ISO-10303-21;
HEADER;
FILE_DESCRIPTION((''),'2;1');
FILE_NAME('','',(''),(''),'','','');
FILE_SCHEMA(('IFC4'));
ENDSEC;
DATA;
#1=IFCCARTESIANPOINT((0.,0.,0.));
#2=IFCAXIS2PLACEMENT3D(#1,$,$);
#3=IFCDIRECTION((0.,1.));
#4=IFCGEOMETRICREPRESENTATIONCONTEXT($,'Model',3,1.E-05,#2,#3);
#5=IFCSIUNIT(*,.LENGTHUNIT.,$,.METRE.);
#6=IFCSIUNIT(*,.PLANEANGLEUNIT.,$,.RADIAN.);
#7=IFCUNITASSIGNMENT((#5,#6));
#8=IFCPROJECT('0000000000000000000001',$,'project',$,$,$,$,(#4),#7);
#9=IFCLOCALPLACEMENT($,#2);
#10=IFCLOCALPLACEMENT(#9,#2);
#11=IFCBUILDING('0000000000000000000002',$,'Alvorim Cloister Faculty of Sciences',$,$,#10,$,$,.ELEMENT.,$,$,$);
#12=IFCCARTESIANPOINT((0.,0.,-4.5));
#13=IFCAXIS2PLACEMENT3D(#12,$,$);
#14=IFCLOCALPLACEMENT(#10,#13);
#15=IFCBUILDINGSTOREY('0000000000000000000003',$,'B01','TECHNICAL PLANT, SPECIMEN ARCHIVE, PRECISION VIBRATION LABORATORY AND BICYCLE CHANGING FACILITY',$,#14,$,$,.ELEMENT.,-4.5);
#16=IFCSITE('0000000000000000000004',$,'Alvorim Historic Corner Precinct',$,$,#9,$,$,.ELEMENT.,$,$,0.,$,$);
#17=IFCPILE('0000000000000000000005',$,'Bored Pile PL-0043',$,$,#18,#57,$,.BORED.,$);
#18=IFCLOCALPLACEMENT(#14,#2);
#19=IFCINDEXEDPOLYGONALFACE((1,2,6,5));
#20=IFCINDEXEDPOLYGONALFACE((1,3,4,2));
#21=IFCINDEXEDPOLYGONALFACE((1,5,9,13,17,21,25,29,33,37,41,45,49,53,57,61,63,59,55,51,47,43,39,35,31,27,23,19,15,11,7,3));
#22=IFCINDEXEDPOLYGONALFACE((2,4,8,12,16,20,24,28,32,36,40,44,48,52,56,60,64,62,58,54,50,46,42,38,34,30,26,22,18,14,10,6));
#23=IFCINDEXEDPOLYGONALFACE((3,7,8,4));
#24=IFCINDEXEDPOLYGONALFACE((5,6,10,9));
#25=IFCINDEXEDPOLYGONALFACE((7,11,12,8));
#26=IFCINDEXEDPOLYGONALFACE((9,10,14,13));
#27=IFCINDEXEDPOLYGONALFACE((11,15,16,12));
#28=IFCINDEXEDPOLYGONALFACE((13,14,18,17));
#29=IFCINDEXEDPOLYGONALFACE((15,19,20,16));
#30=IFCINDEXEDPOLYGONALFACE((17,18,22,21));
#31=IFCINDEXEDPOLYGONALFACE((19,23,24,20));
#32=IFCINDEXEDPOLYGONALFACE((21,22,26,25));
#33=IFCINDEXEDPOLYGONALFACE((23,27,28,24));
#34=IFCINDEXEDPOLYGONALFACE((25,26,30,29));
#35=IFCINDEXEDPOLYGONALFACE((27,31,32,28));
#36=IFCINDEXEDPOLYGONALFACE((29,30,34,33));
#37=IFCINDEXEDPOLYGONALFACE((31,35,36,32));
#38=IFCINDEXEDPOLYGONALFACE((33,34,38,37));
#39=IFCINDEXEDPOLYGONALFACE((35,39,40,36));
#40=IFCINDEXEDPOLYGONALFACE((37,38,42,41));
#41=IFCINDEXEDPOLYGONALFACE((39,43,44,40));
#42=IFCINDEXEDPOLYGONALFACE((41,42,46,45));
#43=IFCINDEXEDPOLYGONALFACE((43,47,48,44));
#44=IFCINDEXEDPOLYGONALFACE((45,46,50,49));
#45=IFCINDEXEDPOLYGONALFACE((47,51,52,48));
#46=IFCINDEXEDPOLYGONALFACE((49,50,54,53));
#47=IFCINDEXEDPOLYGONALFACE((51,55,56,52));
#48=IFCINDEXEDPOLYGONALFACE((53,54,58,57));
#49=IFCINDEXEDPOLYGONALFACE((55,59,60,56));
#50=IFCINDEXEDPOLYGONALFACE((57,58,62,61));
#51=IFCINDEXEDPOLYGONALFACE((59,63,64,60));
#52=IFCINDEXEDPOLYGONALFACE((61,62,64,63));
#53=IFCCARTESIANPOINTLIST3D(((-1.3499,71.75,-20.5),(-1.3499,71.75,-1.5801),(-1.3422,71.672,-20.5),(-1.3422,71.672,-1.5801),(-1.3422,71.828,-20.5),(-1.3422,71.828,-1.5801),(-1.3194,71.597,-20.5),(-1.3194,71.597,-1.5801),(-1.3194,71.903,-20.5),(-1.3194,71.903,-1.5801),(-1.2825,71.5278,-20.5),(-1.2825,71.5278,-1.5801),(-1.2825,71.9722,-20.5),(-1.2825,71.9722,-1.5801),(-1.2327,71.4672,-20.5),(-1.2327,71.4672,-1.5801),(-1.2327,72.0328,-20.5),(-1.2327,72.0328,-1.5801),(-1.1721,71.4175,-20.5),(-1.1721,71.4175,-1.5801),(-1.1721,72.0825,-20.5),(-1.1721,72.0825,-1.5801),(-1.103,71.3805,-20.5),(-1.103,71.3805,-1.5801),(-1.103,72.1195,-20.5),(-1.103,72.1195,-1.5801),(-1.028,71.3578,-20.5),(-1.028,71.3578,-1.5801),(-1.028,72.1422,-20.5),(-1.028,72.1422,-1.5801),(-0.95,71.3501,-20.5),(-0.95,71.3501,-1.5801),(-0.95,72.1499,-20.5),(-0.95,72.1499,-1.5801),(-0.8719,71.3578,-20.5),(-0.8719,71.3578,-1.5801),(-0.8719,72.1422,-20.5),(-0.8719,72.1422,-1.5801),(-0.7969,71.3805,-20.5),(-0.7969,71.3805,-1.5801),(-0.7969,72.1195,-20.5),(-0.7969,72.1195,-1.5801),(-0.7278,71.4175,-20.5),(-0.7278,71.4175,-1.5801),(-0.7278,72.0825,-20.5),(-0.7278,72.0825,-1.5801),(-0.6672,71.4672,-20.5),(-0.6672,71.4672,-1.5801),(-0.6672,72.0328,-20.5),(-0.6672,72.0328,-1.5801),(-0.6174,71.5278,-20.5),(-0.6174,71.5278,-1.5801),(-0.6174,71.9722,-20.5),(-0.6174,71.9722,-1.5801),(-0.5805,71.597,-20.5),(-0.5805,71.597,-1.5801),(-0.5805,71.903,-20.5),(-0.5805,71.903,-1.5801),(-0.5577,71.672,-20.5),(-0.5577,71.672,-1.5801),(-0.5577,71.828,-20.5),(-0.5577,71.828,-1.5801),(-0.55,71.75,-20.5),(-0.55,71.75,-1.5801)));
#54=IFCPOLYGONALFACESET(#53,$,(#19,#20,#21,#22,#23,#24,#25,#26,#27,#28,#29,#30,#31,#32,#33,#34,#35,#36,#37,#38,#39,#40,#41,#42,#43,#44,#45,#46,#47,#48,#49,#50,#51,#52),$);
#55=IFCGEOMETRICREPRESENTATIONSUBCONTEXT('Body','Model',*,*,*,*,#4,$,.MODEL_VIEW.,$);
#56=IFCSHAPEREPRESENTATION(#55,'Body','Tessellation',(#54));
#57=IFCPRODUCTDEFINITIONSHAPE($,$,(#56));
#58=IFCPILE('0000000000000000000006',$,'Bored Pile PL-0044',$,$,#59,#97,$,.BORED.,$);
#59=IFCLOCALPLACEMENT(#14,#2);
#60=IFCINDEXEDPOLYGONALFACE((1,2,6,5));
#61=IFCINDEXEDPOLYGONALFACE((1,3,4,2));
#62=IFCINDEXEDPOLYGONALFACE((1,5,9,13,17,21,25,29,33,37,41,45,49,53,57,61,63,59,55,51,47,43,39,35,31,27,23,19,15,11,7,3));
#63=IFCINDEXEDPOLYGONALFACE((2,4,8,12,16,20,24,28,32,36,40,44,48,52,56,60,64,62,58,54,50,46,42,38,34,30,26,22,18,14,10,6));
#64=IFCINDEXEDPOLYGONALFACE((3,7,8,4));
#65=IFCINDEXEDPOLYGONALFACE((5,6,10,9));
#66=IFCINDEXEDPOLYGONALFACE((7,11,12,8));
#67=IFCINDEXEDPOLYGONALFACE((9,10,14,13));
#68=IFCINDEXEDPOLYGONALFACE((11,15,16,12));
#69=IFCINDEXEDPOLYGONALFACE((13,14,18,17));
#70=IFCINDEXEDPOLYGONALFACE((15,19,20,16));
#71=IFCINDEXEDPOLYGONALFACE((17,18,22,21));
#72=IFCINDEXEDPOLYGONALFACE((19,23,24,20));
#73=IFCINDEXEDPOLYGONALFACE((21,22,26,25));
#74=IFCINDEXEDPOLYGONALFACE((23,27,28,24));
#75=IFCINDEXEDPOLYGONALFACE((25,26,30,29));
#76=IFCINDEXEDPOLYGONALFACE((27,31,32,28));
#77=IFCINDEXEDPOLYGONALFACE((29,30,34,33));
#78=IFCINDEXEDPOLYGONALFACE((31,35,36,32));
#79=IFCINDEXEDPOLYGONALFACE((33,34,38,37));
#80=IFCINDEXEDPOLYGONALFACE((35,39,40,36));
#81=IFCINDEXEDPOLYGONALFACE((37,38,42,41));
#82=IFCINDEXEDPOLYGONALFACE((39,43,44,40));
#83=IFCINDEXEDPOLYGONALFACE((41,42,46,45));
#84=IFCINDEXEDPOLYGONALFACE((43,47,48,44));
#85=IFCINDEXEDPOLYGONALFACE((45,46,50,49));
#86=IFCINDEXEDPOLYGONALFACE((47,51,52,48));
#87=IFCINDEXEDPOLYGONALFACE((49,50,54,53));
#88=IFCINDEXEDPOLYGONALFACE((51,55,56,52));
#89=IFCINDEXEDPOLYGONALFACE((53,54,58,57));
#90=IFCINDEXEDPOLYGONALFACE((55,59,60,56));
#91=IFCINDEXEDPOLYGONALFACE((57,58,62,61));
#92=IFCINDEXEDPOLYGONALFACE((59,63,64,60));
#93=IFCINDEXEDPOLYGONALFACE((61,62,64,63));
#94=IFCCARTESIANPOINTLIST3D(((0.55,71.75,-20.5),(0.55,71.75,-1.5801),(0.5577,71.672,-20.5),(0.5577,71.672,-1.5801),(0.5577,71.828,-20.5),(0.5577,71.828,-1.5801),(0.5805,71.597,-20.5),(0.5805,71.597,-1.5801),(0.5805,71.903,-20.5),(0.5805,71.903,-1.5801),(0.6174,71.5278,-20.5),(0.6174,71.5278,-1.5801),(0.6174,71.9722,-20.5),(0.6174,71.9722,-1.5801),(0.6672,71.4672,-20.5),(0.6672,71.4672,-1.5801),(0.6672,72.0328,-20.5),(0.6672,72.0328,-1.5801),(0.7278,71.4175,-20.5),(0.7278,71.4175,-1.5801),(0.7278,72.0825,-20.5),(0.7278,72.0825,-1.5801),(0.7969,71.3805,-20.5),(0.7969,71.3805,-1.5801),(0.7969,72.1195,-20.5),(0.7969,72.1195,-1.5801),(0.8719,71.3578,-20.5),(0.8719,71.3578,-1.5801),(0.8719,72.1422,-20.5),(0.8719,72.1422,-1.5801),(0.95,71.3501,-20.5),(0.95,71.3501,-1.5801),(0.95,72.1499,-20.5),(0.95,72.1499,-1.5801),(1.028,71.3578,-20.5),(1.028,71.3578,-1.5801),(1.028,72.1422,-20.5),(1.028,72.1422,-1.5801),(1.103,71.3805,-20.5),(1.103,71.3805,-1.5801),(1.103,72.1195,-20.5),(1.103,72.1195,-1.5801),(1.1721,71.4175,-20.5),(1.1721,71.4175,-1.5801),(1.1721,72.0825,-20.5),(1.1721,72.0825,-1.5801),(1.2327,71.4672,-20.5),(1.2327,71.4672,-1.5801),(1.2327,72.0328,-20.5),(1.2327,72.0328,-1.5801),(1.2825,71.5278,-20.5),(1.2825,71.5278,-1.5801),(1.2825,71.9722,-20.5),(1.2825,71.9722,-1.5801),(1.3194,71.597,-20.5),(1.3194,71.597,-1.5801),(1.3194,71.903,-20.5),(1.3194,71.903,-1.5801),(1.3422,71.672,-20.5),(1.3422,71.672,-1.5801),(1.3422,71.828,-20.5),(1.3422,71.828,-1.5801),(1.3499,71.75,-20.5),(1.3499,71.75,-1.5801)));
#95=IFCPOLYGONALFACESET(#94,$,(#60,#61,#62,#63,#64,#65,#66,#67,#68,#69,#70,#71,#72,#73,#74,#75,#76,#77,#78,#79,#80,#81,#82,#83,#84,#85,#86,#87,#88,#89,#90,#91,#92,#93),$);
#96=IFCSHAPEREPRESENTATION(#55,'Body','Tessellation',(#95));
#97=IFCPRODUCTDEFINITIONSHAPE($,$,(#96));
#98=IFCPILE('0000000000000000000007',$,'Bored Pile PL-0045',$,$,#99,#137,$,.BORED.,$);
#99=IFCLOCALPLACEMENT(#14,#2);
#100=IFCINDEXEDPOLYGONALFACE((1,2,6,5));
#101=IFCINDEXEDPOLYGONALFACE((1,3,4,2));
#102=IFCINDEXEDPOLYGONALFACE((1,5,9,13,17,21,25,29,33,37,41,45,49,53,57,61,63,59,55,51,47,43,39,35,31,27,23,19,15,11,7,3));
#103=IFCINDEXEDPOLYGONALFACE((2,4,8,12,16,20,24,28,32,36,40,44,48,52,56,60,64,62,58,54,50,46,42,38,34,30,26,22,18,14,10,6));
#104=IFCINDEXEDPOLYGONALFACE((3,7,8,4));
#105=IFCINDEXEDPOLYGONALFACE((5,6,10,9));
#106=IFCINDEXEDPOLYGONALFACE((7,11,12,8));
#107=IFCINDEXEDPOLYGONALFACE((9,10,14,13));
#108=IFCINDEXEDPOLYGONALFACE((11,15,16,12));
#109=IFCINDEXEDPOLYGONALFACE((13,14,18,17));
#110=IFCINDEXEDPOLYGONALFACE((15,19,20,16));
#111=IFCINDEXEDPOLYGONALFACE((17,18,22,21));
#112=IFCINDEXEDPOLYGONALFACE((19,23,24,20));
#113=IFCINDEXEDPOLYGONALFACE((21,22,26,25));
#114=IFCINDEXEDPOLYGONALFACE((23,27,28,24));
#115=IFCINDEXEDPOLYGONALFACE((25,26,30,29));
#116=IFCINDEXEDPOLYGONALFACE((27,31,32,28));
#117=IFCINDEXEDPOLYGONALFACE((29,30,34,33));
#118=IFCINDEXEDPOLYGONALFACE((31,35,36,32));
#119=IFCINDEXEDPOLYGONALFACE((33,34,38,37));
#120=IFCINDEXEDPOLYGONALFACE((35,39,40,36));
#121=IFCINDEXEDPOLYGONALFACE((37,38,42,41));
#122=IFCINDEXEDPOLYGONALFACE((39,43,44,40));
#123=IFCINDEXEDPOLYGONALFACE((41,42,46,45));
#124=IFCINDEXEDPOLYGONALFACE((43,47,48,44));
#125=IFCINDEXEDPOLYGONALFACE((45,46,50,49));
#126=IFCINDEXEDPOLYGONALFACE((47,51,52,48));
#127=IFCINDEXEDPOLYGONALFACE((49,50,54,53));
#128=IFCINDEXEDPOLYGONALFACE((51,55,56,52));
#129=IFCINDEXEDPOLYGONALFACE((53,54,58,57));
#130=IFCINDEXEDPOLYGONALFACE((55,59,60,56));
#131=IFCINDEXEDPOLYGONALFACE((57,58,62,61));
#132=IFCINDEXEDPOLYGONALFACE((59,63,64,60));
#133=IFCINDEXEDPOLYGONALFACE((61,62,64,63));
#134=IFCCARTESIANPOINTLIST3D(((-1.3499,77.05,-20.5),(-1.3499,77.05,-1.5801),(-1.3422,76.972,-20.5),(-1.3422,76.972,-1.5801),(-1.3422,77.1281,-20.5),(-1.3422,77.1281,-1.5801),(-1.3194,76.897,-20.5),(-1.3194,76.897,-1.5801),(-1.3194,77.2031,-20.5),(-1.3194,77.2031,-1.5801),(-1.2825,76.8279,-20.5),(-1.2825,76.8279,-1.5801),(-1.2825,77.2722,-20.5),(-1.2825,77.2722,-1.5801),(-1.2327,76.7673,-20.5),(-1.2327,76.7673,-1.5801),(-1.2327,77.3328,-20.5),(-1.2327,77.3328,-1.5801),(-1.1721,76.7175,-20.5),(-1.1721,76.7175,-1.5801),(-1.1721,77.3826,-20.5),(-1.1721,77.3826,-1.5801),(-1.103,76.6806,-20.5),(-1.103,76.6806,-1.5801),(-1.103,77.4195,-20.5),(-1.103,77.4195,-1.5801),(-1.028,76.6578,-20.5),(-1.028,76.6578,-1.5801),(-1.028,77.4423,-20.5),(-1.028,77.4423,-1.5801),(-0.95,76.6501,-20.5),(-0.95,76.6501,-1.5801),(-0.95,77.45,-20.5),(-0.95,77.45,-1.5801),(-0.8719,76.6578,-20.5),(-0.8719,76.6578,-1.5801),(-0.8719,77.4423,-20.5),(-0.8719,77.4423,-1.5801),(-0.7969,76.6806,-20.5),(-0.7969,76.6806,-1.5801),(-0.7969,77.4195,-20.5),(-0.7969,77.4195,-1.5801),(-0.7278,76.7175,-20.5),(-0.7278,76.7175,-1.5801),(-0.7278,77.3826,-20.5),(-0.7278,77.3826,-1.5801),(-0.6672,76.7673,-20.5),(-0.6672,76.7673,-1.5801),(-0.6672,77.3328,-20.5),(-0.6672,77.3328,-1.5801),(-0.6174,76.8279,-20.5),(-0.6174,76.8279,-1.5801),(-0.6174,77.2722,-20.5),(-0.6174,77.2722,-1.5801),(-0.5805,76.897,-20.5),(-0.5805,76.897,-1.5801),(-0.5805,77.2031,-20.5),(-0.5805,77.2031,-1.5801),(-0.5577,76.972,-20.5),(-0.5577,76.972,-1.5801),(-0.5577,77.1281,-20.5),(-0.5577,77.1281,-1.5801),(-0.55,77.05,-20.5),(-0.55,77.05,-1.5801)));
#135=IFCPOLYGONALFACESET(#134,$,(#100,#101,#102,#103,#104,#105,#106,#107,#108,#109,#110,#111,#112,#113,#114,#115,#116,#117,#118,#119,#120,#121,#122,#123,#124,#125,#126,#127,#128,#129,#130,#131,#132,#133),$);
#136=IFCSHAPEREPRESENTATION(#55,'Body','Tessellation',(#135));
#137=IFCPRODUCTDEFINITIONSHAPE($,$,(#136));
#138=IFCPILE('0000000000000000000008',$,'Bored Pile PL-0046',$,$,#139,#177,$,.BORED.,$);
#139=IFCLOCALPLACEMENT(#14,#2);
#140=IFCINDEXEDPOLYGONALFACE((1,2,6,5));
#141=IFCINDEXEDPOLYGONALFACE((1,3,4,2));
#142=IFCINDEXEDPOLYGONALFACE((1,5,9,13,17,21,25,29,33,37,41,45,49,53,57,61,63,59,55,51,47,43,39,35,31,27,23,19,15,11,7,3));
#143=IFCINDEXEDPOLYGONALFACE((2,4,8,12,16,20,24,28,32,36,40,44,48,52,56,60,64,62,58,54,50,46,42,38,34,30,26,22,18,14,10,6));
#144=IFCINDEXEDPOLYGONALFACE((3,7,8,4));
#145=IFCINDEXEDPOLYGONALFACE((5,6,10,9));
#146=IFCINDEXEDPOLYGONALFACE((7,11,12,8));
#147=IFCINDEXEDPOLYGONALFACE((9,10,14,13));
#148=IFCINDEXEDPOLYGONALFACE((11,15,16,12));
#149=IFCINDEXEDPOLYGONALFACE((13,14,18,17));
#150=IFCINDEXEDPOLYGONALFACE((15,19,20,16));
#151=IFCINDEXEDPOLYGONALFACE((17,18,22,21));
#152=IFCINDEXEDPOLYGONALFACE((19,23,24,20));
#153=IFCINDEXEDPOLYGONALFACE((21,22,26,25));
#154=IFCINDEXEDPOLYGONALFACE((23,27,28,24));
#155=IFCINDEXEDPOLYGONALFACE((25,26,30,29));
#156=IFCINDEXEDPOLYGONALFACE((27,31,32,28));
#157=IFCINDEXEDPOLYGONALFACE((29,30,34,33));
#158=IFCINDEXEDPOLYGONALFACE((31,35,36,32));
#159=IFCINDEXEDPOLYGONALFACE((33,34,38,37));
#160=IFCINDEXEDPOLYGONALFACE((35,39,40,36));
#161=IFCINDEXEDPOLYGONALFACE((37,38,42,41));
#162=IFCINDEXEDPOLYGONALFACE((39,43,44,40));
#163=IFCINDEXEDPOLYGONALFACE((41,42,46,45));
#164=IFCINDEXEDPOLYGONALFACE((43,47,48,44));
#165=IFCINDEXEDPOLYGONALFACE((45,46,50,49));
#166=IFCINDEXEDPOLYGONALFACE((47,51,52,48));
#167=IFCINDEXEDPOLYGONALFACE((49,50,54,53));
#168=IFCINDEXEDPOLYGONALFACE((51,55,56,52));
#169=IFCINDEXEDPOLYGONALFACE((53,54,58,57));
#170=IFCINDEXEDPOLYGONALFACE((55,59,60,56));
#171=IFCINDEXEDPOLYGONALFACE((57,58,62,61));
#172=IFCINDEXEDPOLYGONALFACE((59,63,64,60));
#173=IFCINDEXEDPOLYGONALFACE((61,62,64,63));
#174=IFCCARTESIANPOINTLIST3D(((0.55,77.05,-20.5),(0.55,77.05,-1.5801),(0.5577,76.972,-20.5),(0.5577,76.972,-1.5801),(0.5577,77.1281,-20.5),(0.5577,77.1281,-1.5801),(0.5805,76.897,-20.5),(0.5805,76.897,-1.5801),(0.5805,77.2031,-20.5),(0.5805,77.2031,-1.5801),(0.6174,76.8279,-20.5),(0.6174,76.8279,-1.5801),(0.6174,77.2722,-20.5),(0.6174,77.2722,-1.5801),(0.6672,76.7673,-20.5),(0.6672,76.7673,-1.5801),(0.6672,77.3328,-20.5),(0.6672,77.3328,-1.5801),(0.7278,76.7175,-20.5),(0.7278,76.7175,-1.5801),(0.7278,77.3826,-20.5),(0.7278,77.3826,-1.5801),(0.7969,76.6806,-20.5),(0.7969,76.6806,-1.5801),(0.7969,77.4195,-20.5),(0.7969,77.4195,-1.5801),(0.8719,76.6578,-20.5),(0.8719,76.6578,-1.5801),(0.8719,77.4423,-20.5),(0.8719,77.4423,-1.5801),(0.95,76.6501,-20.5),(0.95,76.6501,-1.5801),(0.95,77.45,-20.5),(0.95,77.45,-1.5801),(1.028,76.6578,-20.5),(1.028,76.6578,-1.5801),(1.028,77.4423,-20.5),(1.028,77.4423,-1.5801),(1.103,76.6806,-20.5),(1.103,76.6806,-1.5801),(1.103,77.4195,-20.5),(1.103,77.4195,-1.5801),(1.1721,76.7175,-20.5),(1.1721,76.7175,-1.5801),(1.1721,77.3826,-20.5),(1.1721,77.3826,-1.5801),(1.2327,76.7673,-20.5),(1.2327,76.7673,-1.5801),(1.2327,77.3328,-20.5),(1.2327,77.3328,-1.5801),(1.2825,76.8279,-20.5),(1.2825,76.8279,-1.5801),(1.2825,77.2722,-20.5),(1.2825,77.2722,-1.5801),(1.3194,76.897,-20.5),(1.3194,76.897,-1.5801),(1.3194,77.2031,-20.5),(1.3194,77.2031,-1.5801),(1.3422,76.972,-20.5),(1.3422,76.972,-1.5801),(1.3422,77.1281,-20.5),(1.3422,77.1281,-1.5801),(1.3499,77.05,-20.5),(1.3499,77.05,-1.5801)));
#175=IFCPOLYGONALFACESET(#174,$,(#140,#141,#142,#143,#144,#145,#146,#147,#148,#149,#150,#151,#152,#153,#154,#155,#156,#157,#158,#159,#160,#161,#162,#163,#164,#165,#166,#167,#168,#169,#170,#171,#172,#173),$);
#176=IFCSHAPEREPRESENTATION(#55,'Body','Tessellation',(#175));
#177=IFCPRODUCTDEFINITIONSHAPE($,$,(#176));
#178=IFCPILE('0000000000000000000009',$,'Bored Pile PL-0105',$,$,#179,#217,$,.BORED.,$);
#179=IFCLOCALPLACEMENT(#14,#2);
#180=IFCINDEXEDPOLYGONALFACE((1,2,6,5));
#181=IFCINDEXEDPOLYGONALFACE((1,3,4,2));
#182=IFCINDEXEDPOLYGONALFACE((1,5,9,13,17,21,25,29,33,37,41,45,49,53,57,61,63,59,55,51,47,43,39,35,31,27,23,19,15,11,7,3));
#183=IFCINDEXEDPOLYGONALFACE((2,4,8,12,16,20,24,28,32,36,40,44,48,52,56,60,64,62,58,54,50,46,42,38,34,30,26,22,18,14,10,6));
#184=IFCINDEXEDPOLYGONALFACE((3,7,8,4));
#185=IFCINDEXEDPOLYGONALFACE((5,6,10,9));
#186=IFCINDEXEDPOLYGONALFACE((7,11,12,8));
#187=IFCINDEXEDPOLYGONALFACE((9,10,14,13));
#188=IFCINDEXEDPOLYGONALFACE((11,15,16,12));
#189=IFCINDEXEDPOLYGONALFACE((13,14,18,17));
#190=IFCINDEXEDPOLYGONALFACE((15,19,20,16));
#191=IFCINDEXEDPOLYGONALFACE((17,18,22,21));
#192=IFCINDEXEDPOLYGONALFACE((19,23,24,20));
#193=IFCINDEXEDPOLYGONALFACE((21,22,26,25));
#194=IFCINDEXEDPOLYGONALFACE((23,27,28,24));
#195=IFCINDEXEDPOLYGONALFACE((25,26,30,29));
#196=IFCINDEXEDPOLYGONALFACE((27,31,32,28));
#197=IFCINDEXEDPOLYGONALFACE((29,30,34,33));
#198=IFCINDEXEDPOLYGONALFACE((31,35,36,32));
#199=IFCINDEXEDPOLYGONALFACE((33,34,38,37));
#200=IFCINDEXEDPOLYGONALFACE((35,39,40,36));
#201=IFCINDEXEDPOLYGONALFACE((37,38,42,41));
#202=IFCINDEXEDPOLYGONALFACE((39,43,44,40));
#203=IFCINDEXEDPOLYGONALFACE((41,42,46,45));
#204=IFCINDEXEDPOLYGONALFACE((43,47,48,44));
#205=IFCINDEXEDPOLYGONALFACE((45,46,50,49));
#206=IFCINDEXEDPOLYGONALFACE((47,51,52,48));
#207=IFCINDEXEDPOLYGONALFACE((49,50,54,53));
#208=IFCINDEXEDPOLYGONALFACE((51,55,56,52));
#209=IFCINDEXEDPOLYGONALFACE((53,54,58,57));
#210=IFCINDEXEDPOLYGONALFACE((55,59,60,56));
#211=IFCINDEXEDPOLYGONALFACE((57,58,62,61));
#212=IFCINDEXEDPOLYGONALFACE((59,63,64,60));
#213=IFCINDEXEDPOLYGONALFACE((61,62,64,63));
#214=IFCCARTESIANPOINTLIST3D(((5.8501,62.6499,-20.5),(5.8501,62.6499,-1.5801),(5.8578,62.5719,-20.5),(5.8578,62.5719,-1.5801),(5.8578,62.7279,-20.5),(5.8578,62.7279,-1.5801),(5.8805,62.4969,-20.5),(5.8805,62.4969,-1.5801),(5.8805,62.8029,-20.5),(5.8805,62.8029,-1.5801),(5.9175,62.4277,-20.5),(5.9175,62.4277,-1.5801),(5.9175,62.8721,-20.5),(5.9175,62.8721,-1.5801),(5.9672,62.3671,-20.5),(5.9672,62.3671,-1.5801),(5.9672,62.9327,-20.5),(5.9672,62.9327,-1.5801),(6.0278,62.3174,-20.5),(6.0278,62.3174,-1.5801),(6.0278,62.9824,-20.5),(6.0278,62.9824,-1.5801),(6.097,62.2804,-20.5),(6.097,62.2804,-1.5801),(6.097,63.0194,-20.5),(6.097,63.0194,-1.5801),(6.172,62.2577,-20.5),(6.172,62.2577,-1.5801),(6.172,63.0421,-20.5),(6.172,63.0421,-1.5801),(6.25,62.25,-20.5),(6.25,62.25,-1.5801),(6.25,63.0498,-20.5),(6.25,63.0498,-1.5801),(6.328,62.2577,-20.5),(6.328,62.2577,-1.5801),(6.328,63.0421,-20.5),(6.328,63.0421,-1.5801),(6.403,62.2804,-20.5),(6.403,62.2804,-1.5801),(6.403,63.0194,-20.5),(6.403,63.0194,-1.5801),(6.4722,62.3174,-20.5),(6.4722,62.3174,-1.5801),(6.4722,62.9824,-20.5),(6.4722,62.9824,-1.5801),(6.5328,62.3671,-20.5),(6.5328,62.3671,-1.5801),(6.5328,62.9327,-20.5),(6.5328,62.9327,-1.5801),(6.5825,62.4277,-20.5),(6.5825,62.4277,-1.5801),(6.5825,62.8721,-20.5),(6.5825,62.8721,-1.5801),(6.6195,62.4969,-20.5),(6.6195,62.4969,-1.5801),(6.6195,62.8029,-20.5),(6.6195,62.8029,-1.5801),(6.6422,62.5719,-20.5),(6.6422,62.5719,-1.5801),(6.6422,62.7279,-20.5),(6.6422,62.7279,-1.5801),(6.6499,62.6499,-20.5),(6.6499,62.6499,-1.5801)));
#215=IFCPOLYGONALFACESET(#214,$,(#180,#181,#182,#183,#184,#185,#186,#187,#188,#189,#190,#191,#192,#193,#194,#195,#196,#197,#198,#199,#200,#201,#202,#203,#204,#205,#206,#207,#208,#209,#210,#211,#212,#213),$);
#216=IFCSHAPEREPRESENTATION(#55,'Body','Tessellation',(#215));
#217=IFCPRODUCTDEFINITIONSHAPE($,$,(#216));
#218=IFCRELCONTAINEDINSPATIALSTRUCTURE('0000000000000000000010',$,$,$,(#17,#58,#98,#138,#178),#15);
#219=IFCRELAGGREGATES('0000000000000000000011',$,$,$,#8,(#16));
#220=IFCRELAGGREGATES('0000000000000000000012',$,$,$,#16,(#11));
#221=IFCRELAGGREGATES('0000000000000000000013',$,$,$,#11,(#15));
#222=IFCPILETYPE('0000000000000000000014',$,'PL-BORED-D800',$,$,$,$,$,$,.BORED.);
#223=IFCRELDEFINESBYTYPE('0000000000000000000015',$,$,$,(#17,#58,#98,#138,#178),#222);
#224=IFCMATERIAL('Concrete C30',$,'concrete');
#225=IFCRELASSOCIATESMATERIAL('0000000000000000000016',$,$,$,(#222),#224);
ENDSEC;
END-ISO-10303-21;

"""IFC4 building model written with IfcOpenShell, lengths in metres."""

from ifc_helpers import new_model, si_unit, direction, frame, origin, origin_2d, place, context, subcontext, project, spatial, circle, extrude, material, material_profile, profile_set, type_object, element, save


model = new_model("IFC4")

# Units and contexts
model_context = context("Model", 3, precision=1e-05, world=origin(), true_north=direction((0.0, 1.0)))
body_context = subcontext(model_context, "Body", "Model", "MODEL_VIEW")
ifc_project = project(units=[si_unit("LENGTHUNIT", "METRE"), si_unit("PLANEANGLEUNIT", "RADIAN")], contexts=[model_context])

# Site, building, storey
site_placement = place(None, origin())
site = spatial("IfcSite", under=ifc_project, at=site_placement, Name="Alvorim Historic Corner Precinct", CompositionType="ELEMENT", RefElevation=0.0)
building_placement = place(site_placement, origin())
building = spatial("IfcBuilding", under=site, at=building_placement, Name="Alvorim Cloister Faculty of Sciences", CompositionType="ELEMENT")
storey_placement = place(building_placement, frame((0.0, 0.0, -4.5)))
storey = spatial("IfcBuildingStorey", under=building, at=storey_placement, Name="B01", Description="TECHNICAL PLANT, SPECIMEN ARCHIVE, PRECISION VIBRATION LABORATORY AND BICYCLE CHANGING FACILITY", CompositionType="ELEMENT", Elevation=-4.5)

# Piles
ifc_material_1 = material(Name="Concrete C30", Category="concrete")
ifc_material_profile_1 = material_profile(ifc_material_1, circle(Radius=0.3999, at=origin_2d()), Name="PILE-D800")
ifc_profile_set_1 = profile_set([ifc_material_profile_1], Name="Concrete C30")
pile_type = type_object("IfcPileType", Name="PL-BORED-D800", PredefinedType="BORED", material=ifc_profile_set_1)
for number, where, z_axis, x_axis, name in (
    (1, (-0.95, 71.75, -1.5801), (0.0, 0.0, -1.0), (1.0, 0.0, 0.0), "Bored Pile PL-0043"),
    (2, (0.95, 71.75, -1.5801), (0.0, 0.0, -1.0), (1.0, 0.0, 0.0), "Bored Pile PL-0044"),
    (3, (-0.95, 77.05, -1.5801), (0.0, 0.0, -1.0), (1.0, 0.0, 0.0), "Bored Pile PL-0045"),
    (4, (0.95, 77.05, -1.5801), (0.0, 0.0, -1.0), (1.0, 0.0, 0.0), "Bored Pile PL-0046"),
    (5, (6.25, 62.6499, -1.5801), (0.0, 0.0, -1.0), (1.0, 0.0, 0.0), "Bored Pile PL-0105"),
):
    element("IfcPile", number, at=place(storey_placement, frame(where, z_axis=z_axis, x_axis=x_axis)), inside=storey, type_object=pile_type, Name=name, PredefinedType="BORED", context=body_context, shape_type="SweptSolid", body=[
        extrude(circle(Radius=0.3999, at=origin_2d()), origin(), (0.0, 0.0, 1.0), 18.9199),
    ])

save(model, "model.ifc")
